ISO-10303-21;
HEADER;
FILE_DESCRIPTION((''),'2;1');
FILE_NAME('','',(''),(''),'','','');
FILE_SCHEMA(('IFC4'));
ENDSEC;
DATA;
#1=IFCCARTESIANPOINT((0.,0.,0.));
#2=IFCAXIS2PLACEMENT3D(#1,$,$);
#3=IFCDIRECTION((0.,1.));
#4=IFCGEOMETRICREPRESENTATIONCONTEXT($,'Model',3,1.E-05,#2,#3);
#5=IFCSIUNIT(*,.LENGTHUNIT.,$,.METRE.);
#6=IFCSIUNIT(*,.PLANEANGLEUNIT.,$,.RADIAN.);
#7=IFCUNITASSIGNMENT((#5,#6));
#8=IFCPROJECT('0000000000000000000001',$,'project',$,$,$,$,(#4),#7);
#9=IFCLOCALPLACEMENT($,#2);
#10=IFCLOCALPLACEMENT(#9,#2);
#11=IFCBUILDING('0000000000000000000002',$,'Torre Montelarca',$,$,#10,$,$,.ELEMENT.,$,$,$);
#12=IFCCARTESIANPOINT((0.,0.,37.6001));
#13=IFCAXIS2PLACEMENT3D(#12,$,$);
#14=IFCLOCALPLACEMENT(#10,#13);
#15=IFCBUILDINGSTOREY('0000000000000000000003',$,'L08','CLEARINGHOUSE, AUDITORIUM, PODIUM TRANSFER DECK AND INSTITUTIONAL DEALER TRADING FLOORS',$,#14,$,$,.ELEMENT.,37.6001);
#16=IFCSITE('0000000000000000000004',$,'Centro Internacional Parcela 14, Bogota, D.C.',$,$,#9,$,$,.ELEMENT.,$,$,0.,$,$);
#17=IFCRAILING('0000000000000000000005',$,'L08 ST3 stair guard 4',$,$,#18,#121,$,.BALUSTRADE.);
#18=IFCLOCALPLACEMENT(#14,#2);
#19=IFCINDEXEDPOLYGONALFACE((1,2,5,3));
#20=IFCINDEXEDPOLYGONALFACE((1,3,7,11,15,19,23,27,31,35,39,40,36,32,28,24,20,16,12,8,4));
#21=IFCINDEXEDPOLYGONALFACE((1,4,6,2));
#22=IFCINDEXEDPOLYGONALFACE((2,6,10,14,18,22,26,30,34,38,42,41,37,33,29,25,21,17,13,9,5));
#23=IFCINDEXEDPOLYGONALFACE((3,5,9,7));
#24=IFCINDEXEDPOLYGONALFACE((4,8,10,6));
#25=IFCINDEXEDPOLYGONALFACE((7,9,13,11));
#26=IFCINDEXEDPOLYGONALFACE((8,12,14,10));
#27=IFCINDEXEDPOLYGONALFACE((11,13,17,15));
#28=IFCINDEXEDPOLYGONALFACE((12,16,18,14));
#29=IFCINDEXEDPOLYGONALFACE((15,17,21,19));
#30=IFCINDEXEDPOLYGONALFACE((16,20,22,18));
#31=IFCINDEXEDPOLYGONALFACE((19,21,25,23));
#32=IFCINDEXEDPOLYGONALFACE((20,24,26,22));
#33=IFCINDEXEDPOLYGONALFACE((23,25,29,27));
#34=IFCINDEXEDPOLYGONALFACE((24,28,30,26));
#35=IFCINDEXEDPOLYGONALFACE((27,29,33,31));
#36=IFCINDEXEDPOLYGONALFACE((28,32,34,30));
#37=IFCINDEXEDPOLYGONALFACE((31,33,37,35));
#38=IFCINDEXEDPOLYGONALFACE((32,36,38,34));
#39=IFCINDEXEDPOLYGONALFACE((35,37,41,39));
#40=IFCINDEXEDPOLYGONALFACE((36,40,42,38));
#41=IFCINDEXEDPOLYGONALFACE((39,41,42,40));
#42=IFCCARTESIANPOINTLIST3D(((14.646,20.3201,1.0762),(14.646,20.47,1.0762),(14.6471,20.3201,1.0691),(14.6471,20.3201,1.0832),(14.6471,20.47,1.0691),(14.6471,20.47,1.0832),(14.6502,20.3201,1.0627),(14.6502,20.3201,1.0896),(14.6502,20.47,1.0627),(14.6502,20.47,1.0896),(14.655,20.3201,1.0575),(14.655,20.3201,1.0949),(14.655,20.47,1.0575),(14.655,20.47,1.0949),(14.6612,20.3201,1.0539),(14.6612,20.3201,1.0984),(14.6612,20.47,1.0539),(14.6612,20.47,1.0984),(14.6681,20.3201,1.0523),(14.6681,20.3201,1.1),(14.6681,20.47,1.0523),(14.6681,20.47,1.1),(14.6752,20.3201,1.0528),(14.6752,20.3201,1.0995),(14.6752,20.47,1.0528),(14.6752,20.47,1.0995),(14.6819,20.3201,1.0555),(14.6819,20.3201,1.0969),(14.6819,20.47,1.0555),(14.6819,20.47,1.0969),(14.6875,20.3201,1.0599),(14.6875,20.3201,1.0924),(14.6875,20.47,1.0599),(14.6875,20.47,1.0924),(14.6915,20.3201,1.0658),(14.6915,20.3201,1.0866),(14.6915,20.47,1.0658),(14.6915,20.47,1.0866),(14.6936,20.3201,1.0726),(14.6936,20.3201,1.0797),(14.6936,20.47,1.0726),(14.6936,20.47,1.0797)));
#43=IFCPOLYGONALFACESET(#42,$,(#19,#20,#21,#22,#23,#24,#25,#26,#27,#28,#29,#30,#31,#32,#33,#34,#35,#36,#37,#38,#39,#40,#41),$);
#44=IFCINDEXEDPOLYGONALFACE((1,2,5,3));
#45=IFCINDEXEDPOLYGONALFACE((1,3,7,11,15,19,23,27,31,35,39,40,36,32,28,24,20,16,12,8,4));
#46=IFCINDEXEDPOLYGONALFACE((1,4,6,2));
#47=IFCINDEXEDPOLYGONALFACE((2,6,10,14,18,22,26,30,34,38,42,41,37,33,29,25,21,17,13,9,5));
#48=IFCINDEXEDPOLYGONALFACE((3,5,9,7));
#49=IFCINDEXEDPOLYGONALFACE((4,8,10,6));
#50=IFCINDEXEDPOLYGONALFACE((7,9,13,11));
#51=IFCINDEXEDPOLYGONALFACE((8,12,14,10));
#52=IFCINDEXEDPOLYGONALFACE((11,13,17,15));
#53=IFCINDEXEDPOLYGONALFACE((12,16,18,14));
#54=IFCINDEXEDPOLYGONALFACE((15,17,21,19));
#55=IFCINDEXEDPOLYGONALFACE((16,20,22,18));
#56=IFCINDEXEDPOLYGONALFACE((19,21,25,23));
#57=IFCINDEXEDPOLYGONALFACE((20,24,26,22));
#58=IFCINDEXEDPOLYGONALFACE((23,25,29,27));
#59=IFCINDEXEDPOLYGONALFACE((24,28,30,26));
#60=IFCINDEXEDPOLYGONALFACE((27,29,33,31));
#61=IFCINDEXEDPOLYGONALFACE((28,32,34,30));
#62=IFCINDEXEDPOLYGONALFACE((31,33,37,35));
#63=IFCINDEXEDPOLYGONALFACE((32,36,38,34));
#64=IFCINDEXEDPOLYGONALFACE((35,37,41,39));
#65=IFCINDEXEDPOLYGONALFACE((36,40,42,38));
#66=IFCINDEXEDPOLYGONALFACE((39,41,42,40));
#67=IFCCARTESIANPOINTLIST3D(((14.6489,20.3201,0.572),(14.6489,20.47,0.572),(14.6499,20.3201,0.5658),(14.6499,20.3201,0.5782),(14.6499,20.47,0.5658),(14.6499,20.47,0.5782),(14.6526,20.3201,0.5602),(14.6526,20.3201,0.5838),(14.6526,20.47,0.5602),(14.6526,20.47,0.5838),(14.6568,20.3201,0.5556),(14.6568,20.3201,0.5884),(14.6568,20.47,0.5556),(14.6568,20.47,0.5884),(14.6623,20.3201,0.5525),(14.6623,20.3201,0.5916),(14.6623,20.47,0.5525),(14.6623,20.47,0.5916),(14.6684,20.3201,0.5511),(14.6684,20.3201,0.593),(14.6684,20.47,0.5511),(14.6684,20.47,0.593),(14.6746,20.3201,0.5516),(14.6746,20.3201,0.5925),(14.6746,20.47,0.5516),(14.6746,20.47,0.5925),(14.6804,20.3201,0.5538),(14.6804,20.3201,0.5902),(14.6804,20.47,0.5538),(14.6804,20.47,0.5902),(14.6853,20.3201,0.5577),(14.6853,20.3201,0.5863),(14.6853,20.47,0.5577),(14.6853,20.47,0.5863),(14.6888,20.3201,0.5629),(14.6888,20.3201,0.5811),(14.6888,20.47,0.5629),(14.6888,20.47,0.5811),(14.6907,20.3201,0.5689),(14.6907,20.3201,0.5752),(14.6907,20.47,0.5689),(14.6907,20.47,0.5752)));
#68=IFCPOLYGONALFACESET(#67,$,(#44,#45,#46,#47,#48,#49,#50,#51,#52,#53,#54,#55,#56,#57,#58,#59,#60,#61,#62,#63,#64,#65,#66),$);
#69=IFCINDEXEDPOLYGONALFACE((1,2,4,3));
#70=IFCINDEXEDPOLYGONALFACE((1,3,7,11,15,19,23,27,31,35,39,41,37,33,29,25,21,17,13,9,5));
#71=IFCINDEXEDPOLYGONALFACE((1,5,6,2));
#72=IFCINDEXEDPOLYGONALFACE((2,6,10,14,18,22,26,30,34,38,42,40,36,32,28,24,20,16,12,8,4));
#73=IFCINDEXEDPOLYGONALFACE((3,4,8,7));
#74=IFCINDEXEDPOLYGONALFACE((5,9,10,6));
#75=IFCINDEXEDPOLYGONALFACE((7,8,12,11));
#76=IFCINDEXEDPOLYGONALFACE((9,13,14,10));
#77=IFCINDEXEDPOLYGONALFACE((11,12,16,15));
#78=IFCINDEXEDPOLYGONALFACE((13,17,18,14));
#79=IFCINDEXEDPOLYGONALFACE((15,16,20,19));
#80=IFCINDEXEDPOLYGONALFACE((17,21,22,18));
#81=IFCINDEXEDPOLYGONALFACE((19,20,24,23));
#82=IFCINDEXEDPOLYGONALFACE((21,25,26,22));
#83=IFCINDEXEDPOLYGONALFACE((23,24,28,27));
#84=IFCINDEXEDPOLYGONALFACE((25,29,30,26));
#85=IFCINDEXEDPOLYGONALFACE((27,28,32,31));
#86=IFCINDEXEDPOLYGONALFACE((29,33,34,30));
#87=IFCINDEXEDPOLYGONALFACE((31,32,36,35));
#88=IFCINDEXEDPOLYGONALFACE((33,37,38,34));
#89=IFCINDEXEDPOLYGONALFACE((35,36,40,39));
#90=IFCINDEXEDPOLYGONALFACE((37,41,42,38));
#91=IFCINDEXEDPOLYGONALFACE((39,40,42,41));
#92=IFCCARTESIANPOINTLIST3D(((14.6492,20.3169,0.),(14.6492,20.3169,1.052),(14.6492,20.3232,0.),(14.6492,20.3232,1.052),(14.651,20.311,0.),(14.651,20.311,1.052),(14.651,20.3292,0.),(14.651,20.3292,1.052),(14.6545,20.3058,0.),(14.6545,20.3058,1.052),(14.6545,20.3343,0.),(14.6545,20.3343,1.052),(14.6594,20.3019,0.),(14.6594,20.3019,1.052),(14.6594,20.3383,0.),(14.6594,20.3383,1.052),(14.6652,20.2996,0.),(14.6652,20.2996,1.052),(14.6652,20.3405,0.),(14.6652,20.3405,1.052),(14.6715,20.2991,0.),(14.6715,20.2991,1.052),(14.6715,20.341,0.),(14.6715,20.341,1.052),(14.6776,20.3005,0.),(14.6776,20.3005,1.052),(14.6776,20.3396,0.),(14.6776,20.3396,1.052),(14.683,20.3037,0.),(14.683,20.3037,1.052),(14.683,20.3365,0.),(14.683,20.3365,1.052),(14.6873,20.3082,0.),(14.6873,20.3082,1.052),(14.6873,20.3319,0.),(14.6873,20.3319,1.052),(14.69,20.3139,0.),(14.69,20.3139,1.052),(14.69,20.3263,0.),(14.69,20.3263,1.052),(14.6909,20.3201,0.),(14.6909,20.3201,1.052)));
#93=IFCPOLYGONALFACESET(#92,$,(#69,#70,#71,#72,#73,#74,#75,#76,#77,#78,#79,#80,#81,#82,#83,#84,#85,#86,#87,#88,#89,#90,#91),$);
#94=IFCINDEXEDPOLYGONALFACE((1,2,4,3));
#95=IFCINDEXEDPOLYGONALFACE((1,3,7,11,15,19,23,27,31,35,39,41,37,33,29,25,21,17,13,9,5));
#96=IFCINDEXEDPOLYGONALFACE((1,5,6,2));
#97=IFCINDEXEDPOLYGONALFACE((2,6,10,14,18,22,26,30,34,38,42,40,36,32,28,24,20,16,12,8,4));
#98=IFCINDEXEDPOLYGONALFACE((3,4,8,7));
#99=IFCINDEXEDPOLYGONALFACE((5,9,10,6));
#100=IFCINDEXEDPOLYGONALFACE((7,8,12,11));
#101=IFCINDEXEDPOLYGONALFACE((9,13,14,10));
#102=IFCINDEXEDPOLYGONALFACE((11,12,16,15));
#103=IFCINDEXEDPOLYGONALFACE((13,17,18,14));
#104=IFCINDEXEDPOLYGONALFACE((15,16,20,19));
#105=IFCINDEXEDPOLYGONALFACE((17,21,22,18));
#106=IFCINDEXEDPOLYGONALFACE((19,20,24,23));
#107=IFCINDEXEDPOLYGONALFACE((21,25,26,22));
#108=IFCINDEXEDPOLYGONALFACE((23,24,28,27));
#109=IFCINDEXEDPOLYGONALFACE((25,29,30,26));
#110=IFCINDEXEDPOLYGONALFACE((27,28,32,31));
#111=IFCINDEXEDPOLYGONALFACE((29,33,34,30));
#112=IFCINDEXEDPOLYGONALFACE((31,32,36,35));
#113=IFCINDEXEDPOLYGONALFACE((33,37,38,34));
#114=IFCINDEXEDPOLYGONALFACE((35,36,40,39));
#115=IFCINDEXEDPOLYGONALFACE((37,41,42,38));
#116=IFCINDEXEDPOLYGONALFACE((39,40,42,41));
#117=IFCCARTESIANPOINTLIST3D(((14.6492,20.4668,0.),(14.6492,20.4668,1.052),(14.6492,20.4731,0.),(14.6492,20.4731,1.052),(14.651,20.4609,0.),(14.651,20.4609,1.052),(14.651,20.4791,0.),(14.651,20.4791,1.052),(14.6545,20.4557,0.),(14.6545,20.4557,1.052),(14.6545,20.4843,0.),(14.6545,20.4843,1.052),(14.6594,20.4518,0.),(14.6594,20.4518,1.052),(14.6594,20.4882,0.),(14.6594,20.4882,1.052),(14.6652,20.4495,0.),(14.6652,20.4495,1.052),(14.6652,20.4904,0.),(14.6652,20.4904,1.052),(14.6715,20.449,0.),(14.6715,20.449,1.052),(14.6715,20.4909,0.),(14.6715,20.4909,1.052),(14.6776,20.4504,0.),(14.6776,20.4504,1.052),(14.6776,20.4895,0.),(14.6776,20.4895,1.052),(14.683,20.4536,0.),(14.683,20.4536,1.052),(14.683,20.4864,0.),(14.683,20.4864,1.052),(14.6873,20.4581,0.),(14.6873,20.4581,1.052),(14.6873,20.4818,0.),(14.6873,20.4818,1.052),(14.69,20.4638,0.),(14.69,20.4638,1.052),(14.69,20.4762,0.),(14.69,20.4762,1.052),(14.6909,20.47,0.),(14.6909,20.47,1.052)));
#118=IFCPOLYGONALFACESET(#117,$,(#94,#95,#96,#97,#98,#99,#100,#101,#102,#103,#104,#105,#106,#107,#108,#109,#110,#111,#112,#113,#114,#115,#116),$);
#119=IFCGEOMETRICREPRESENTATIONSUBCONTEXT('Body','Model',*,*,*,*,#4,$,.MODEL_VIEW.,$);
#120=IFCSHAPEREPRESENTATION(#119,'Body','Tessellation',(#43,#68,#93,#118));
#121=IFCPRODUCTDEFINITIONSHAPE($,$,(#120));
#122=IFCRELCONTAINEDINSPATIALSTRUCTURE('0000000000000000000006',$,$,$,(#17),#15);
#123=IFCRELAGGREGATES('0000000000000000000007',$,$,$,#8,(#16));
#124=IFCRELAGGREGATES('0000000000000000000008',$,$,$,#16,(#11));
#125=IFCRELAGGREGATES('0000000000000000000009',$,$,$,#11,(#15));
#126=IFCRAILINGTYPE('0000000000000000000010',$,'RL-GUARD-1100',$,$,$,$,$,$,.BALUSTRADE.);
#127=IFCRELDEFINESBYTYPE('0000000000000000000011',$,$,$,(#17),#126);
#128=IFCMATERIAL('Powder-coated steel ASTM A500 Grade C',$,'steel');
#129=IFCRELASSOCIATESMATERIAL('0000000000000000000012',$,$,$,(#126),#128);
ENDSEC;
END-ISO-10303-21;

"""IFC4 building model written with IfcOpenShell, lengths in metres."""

from ifc_helpers import new_model, si_unit, direction, frame, origin, origin_2d, place, context, subcontext, project, spatial, circle, extrude, material, type_object, element, save


model = new_model("IFC4")

# Units and contexts
model_context = context("Model", 3, precision=1e-05, world=origin(), true_north=direction((0.0, 1.0)))
body_context = subcontext(model_context, "Body", "Model", "MODEL_VIEW")
ifc_project = project(units=[si_unit("LENGTHUNIT", "METRE"), si_unit("PLANEANGLEUNIT", "RADIAN")], contexts=[model_context])

# Site, building, storey
site_placement = place(None, origin())
site = spatial("IfcSite", under=ifc_project, at=site_placement, Name="Centro Internacional Parcela 14, Bogota, D.C.", CompositionType="ELEMENT", RefElevation=0.0)
building_placement = place(site_placement, origin())
building = spatial("IfcBuilding", under=site, at=building_placement, Name="Torre Montelarca", CompositionType="ELEMENT")
storey_placement = place(building_placement, frame((0.0, 0.0, 37.6001)))
storey = spatial("IfcBuildingStorey", under=building, at=storey_placement, Name="L08", Description="CLEARINGHOUSE, AUDITORIUM, PODIUM TRANSFER DECK AND INSTITUTIONAL DEALER TRADING FLOORS", CompositionType="ELEMENT", Elevation=37.6001)

# Railing
ifc_material_1 = material(Name="Powder-coated steel ASTM A500 Grade C", Category="steel")
railing_type_1 = type_object("IfcRailingType", Name="RL-GUARD-1100", PredefinedType="BALUSTRADE", material=ifc_material_1)
railing_1_placement = place(storey_placement, frame((14.6699, 20.3201, 0.0)))
element("IfcRailing", 1, at=railing_1_placement, inside=storey, type_object=railing_type_1, Name="L08 ST3 stair guard 4", PredefinedType="BALUSTRADE", context=body_context, shape_type="SweptSolid", body=[
    extrude(circle(Radius=0.0239, at=origin_2d()), frame((0.0, 0.0, 1.0762), z_axis=(0.0, 1.0, 0.0), x_axis=(-1.0, 0.0, 0.0)), (0.0, 0.0, 1.0), 0.1499),
    extrude(circle(Radius=0.021, at=origin_2d()), frame((0.0, 0.0, 0.572), z_axis=(0.0, 1.0, 0.0), x_axis=(-1.0, 0.0, 0.0)), (0.0, 0.0, 1.0), 0.1499),
    extrude(circle(Radius=0.021, at=origin_2d()), origin(), (0.0, 0.0, 1.0), 1.052),
    extrude(circle(Radius=0.021, at=origin_2d()), frame((0.0, 0.1499, 0.0)), (0.0, 0.0, 1.0), 1.052),
])

save(model, "model.ifc")
